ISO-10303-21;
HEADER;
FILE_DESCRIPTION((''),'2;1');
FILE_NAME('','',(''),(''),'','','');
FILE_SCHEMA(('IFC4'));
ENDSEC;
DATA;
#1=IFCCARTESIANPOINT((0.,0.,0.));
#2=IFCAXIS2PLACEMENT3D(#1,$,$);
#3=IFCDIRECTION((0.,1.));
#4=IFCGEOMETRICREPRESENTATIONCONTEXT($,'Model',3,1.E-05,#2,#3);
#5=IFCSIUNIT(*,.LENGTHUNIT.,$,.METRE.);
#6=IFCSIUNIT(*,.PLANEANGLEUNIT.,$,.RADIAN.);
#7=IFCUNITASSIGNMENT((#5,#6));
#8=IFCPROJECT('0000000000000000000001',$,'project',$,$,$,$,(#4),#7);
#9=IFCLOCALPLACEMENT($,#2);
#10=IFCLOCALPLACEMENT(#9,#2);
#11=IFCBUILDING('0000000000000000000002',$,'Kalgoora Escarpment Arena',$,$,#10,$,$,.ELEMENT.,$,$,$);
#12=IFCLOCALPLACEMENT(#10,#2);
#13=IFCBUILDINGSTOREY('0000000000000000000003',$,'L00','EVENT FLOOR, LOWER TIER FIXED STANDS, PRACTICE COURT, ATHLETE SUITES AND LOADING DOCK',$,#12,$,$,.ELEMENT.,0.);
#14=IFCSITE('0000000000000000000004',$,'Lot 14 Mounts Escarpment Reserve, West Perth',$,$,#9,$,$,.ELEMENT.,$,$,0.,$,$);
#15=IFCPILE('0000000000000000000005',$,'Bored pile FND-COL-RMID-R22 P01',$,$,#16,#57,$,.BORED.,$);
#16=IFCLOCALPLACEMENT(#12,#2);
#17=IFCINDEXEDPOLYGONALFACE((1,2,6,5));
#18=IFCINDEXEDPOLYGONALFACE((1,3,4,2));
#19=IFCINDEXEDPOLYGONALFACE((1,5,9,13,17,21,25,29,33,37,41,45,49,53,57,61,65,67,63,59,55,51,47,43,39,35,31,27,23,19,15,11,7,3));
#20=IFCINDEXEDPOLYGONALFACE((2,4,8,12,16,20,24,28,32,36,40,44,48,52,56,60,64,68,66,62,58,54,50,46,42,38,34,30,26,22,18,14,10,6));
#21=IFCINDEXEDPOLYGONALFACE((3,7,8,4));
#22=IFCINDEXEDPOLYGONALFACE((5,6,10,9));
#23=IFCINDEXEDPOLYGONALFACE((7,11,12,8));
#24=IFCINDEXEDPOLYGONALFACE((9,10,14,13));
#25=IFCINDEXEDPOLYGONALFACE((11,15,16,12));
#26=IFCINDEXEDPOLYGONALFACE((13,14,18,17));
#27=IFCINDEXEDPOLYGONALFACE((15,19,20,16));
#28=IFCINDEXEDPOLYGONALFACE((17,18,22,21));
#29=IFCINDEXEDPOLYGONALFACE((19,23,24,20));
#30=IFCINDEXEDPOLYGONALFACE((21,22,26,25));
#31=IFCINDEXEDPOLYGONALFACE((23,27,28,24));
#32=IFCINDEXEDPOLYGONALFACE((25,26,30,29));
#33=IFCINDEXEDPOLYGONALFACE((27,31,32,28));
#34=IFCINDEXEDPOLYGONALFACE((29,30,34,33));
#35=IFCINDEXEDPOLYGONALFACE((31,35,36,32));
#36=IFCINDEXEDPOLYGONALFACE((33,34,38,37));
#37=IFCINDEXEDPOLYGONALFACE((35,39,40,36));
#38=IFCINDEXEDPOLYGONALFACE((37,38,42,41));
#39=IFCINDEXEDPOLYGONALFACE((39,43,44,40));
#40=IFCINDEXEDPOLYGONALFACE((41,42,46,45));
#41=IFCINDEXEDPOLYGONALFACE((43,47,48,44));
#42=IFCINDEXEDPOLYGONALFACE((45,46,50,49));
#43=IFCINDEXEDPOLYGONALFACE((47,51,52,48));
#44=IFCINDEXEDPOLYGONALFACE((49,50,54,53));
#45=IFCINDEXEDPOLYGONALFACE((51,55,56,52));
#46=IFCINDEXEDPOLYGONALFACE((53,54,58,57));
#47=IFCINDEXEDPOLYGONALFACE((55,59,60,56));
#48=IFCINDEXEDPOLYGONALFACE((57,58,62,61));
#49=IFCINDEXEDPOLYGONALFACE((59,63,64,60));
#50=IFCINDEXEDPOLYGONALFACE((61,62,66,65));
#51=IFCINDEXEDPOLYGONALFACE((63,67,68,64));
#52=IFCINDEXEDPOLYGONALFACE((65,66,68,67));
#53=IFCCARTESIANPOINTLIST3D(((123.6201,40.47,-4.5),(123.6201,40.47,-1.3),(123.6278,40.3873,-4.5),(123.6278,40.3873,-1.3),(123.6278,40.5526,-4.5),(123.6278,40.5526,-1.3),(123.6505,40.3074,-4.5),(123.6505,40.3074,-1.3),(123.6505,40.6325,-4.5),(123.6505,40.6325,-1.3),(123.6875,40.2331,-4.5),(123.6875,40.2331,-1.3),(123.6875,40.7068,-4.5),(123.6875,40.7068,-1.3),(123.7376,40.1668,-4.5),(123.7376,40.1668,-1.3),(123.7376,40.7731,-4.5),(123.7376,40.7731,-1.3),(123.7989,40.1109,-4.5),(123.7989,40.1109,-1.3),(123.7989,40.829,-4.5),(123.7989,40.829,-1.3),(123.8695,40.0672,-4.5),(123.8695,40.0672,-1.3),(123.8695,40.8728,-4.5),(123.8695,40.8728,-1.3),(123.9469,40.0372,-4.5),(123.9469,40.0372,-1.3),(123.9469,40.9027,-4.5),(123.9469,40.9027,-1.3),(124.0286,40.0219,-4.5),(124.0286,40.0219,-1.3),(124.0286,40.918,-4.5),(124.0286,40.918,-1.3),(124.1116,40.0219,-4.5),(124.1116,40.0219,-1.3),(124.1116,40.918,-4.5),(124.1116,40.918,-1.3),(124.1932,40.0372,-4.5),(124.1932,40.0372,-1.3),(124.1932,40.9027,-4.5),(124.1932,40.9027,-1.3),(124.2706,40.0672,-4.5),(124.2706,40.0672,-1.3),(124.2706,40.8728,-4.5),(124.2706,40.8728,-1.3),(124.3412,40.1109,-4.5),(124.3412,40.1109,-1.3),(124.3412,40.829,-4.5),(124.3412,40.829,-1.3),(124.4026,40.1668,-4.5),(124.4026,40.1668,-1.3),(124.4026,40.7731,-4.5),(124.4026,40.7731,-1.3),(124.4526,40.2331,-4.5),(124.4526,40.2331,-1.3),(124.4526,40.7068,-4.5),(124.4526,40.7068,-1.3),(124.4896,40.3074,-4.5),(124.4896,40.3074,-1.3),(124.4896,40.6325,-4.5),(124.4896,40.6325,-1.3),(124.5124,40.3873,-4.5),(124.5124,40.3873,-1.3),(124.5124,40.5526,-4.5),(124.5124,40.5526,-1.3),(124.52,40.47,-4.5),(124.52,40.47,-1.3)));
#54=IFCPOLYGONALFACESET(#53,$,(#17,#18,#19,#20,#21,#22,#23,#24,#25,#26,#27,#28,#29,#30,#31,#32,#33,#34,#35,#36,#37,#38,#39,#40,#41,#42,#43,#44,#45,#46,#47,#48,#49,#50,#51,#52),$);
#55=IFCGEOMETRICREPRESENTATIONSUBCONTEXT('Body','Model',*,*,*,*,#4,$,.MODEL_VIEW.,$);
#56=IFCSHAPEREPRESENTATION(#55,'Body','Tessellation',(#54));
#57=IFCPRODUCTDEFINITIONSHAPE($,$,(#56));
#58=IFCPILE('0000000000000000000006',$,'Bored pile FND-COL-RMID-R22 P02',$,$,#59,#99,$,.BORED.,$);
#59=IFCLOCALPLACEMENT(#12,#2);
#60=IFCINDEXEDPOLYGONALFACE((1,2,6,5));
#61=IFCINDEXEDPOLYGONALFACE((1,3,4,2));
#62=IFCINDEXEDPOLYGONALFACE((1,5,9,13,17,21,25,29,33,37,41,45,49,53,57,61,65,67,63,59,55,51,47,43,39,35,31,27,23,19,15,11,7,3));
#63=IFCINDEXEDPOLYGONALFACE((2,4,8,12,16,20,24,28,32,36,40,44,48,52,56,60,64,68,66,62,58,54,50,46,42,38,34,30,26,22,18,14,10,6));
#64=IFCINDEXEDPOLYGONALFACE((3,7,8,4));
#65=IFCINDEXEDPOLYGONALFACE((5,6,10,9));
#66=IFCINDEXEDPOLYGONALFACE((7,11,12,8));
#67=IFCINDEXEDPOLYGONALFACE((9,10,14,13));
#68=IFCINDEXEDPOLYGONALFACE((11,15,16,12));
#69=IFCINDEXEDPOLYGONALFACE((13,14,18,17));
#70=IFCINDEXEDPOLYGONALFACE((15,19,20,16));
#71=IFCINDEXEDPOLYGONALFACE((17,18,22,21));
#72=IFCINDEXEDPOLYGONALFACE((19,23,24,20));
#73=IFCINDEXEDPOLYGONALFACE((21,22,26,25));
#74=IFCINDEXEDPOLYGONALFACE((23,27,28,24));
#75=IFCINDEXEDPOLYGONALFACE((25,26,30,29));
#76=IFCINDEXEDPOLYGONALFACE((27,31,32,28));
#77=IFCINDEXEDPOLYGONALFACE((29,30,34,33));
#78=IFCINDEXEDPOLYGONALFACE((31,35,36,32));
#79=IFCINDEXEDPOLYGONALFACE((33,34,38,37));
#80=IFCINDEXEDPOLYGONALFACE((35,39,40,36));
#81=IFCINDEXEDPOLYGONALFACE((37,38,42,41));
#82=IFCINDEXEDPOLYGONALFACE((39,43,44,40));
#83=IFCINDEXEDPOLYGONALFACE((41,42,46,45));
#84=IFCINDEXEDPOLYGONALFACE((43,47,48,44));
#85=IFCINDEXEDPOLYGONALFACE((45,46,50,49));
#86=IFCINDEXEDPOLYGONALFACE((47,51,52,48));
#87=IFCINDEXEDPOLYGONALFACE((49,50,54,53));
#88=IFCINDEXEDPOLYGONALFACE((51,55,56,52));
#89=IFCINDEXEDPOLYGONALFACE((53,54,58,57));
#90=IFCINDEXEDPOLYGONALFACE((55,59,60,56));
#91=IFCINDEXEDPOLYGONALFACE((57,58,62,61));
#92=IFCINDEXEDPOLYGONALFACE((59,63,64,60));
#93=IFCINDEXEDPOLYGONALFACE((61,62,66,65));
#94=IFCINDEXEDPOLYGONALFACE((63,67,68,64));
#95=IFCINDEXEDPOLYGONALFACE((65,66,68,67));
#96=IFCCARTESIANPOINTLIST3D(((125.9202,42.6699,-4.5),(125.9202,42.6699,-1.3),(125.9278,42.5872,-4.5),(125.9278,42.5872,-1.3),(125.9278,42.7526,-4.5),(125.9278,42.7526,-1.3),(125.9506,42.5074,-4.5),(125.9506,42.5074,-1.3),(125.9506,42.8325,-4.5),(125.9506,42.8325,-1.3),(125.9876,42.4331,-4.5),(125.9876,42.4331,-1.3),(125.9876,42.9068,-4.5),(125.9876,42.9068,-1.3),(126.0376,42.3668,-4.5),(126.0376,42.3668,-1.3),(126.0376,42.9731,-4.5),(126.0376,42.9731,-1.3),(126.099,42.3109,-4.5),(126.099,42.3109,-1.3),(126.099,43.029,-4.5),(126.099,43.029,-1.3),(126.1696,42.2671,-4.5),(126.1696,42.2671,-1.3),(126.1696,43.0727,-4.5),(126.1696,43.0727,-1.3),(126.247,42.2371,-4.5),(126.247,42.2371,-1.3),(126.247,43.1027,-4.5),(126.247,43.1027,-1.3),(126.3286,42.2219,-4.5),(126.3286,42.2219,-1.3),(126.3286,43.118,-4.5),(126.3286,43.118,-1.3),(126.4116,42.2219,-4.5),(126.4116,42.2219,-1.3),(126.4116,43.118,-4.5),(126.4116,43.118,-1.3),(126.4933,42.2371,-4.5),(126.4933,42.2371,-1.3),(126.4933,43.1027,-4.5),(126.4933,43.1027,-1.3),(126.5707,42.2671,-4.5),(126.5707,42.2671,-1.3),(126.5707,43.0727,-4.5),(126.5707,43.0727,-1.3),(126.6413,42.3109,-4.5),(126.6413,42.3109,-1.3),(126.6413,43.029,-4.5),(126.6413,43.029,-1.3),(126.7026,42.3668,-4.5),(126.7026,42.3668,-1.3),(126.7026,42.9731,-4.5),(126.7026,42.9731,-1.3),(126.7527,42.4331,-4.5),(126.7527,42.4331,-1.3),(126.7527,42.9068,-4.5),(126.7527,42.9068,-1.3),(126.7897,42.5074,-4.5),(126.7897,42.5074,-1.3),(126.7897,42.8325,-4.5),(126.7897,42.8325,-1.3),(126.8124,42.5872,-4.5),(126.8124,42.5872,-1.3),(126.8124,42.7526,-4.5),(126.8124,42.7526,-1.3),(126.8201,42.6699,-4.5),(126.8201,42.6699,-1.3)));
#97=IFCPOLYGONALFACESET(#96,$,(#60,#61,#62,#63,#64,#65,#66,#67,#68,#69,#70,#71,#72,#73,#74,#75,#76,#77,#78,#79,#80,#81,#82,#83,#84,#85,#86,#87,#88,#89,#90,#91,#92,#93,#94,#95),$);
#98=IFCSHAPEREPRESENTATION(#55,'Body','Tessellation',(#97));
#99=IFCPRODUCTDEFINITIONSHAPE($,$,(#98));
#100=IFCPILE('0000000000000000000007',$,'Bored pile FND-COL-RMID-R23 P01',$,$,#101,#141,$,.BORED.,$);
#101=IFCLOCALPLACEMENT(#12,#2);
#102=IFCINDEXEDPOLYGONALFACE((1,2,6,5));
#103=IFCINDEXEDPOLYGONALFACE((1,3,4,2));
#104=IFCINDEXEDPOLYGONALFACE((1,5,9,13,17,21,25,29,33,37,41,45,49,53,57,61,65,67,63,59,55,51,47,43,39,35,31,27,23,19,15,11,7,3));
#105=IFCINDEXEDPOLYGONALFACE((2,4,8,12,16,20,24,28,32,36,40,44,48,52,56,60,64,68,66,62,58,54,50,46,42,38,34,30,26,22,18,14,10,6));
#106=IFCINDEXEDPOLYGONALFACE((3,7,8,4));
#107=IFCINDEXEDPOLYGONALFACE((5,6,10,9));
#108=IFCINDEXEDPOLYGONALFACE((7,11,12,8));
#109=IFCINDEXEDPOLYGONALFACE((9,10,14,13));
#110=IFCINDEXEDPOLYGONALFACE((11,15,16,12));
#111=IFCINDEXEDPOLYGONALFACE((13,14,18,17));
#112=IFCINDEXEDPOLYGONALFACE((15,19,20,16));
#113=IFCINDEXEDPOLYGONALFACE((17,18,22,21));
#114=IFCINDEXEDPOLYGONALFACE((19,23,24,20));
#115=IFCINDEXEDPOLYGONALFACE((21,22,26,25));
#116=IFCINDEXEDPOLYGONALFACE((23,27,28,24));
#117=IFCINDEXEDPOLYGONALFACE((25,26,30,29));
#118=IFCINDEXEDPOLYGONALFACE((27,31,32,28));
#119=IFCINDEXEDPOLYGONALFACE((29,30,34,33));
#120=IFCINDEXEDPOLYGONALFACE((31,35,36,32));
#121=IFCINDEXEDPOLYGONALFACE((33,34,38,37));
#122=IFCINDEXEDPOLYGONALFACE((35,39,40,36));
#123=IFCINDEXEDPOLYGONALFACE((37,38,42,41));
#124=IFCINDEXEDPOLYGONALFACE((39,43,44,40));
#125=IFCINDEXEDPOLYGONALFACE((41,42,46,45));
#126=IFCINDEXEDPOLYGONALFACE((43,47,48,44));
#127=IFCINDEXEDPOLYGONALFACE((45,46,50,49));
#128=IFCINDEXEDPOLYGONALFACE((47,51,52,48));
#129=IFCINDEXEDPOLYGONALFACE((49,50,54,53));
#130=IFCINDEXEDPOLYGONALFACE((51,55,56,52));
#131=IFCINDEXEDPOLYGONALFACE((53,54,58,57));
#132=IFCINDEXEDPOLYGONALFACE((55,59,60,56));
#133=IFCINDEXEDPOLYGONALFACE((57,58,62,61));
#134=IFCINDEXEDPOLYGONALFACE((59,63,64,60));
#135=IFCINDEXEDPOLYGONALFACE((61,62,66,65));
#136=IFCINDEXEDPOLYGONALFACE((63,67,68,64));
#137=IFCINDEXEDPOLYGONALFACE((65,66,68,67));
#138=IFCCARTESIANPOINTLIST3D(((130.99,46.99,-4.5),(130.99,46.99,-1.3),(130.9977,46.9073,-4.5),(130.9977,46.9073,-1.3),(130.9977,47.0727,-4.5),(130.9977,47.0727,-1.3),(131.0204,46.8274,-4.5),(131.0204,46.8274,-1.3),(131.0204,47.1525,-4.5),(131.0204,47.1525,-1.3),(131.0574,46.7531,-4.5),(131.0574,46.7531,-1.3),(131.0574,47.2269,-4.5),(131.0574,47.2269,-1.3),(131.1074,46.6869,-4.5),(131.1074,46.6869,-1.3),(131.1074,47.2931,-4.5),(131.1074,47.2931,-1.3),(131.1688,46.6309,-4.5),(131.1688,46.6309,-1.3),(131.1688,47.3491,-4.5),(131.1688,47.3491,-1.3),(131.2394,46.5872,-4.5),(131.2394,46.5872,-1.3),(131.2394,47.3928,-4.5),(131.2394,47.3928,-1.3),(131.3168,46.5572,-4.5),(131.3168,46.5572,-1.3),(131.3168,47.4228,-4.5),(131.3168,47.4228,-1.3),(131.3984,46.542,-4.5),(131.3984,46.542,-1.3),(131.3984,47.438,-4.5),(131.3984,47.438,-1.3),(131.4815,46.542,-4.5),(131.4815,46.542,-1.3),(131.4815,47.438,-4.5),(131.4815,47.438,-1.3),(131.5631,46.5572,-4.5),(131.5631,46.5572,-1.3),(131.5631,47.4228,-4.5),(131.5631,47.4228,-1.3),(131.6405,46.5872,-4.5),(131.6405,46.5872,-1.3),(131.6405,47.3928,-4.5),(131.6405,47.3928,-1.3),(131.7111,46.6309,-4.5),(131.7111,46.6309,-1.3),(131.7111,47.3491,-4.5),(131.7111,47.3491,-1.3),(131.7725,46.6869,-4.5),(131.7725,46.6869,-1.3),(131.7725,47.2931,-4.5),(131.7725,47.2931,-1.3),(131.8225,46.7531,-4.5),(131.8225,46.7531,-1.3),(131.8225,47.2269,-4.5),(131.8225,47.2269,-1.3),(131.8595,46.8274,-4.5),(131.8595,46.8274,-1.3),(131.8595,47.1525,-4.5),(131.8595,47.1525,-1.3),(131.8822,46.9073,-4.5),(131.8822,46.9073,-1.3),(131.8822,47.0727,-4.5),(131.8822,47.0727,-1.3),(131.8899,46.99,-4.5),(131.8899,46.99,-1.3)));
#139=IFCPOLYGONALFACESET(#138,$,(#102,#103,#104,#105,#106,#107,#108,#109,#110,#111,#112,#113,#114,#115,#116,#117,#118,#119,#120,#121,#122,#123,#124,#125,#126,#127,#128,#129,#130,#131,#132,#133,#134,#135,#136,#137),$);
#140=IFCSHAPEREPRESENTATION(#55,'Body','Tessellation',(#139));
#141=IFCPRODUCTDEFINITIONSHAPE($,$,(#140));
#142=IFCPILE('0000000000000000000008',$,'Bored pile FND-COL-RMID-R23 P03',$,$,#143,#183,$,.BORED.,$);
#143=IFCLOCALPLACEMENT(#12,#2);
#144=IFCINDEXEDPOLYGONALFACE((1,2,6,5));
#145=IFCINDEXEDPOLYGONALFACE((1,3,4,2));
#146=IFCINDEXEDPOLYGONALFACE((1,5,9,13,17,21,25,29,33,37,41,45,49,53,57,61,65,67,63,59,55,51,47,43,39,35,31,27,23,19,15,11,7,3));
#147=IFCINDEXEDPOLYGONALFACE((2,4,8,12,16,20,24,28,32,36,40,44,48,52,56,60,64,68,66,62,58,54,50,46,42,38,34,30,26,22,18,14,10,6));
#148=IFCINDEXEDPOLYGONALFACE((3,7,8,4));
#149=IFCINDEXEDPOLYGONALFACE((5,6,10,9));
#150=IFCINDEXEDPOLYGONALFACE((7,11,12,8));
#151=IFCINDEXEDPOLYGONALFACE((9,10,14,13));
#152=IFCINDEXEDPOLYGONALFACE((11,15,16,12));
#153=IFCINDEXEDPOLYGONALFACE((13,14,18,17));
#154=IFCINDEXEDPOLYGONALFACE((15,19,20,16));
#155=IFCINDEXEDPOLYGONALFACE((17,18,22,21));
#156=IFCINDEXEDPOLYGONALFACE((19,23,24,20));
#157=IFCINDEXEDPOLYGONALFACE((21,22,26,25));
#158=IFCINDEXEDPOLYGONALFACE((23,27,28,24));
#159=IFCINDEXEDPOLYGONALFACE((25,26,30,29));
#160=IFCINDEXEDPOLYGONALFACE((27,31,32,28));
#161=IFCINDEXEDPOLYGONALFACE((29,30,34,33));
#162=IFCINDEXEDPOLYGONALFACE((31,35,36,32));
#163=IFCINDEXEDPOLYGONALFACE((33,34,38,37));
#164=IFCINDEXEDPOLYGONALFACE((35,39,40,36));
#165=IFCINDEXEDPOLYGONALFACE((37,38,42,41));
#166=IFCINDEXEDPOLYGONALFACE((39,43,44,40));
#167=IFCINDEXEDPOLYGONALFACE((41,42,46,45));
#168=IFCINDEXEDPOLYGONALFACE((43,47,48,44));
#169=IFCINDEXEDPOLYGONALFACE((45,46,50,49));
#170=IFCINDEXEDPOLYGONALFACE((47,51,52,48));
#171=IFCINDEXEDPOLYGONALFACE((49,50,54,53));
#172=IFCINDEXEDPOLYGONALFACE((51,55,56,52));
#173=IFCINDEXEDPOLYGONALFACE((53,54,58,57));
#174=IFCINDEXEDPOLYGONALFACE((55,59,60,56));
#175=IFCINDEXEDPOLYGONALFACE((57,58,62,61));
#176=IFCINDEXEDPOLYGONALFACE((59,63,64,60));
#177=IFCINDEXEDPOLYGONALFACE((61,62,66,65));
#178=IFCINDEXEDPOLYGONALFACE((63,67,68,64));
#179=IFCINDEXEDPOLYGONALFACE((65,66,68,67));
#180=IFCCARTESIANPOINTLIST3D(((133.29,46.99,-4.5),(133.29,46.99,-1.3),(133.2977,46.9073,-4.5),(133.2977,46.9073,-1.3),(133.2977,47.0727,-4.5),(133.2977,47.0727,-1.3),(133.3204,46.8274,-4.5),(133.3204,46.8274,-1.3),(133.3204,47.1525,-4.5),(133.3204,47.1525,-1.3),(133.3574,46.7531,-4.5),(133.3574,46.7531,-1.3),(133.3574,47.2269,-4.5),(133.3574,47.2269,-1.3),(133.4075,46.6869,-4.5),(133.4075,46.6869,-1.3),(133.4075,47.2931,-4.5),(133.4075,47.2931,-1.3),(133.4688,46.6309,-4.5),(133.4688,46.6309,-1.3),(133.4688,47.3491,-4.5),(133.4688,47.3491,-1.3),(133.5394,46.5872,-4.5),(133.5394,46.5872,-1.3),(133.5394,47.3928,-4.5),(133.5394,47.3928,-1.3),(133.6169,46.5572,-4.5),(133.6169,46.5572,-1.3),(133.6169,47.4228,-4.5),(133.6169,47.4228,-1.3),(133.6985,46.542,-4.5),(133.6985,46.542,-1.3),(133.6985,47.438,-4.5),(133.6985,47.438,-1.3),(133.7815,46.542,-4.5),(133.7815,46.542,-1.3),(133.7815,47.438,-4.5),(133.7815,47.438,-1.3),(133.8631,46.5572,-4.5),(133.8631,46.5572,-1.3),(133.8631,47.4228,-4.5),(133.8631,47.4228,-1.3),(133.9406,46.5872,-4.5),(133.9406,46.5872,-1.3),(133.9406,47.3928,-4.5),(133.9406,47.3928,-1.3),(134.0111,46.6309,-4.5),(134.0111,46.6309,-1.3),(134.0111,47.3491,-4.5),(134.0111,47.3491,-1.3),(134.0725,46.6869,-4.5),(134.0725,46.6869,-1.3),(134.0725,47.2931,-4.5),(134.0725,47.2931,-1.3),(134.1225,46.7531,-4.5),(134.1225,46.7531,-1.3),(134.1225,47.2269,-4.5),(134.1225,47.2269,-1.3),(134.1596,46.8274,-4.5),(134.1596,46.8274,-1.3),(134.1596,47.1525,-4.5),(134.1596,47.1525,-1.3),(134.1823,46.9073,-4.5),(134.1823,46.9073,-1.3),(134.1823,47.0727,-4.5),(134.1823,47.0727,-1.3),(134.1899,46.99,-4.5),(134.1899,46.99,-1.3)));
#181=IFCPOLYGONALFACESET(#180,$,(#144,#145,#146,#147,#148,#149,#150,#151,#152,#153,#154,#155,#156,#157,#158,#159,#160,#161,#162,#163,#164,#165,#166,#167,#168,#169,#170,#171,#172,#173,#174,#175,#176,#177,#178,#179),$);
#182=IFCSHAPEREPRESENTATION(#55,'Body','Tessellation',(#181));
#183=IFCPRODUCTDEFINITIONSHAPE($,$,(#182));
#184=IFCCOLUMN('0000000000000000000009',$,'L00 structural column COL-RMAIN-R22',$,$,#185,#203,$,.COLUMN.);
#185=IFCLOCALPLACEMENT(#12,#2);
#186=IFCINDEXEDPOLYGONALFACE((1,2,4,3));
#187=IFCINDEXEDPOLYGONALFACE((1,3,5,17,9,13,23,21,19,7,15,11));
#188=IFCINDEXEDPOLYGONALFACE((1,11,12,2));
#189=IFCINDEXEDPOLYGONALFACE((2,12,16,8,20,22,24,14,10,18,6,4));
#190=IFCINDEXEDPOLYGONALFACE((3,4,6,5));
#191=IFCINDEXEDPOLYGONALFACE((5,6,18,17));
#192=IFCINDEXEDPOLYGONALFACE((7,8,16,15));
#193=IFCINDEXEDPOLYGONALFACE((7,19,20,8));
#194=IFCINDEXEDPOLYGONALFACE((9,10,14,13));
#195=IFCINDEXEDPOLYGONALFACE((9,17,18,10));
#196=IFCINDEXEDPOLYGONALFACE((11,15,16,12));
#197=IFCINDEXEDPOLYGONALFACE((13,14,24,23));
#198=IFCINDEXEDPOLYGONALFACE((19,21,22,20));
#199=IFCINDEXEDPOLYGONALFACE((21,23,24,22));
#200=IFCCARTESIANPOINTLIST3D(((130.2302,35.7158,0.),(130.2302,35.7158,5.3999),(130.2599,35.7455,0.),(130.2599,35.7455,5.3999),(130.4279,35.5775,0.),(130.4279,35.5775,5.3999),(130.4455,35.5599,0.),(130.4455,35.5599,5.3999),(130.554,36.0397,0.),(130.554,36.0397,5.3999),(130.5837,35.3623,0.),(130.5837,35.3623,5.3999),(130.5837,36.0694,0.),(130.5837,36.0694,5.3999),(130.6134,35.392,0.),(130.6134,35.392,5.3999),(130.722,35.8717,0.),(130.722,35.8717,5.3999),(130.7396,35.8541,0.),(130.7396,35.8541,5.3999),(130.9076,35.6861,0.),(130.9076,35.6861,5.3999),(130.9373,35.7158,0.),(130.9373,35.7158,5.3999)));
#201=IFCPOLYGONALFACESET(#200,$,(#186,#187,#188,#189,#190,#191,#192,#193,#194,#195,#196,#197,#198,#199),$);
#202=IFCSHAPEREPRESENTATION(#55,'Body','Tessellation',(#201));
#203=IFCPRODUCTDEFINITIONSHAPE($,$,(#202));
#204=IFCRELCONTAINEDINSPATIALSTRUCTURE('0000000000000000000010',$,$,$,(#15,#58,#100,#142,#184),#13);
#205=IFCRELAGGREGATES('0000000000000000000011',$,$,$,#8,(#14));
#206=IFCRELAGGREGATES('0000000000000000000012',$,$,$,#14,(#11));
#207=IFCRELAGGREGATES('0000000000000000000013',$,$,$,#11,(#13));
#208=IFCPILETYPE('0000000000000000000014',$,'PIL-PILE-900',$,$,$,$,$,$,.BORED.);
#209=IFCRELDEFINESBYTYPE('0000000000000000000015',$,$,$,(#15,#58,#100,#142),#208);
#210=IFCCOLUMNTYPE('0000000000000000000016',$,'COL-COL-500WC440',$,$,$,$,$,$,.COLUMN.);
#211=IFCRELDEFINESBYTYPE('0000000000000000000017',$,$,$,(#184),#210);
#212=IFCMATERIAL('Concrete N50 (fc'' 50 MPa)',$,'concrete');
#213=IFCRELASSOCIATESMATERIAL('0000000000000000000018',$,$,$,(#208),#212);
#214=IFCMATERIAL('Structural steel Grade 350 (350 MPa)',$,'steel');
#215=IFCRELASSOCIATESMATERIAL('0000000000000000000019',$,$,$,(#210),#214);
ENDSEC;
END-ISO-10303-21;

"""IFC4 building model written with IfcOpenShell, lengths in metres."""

from ifc_helpers import new_model, si_unit, direction, frame, origin, origin_2d, place, context, subcontext, project, spatial, circle, i_section, extrude, material, material_profile, profile_set, type_object, element, save


model = new_model("IFC4")

# Units and contexts
model_context = context("Model", 3, precision=1e-05, world=origin(), true_north=direction((0.0, 1.0)))
body_context = subcontext(model_context, "Body", "Model", "MODEL_VIEW")
ifc_project = project(units=[si_unit("LENGTHUNIT", "METRE"), si_unit("PLANEANGLEUNIT", "RADIAN")], contexts=[model_context])

# Site, building, storey
site_placement = place(None, origin())
site = spatial("IfcSite", under=ifc_project, at=site_placement, Name="Lot 14 Mounts Escarpment Reserve, West Perth", CompositionType="ELEMENT", RefElevation=0.0)
building_placement = place(site_placement, origin())
building = spatial("IfcBuilding", under=site, at=building_placement, Name="Kalgoora Escarpment Arena", CompositionType="ELEMENT")
storey_placement = place(building_placement, origin())
storey = spatial("IfcBuildingStorey", under=building, at=storey_placement, Name="L00", Description="EVENT FLOOR, LOWER TIER FIXED STANDS, PRACTICE COURT, ATHLETE SUITES AND LOADING DOCK", CompositionType="ELEMENT", Elevation=0.0)

# Piles
ifc_material_1 = material(Name="Concrete N50 (fc' 50 MPa)", Category="concrete")
ifc_material_profile_1 = material_profile(ifc_material_1, circle(Radius=0.45, at=origin_2d()))
ifc_profile_set_1 = profile_set([ifc_material_profile_1], Name="Concrete N50 (fc' 50 MPa)")
pile_type_1 = type_object("IfcPileType", Name="PIL-PILE-900", PredefinedType="BORED", material=ifc_profile_set_1)
for number, where, z_axis, x_axis, name in (
    (1, (124.0701, 40.47, -1.3), (0.0, 0.0, -1.0), (1.0, 0.0, 0.0), "Bored pile FND-COL-RMID-R22 P01"),
    (2, (126.3701, 42.6699, -1.3), (0.0, 0.0, -1.0), (1.0, 0.0, 0.0), "Bored pile FND-COL-RMID-R22 P02"),
    (3, (131.4399, 46.99, -1.3), (0.0, 0.0, -1.0), (1.0, 0.0, 0.0), "Bored pile FND-COL-RMID-R23 P01"),
    (4, (133.74, 46.99, -1.3), (0.0, 0.0, -1.0), (1.0, 0.0, 0.0), "Bored pile FND-COL-RMID-R23 P03"),
):
    element("IfcPile", number, at=place(storey_placement, frame(where, z_axis=z_axis, x_axis=x_axis)), inside=storey, type_object=pile_type_1, Name=name, PredefinedType="BORED", context=body_context, shape_type="SweptSolid", body=[
        extrude(circle(Radius=0.45, at=origin_2d()), origin(), (0.0, 0.0, 1.0), 3.2),
    ])

# Column
ifc_material_2 = material(Name="Structural steel Grade 350 (350 MPa)", Category="steel")
ifc_material_profile_2 = material_profile(ifc_material_2, i_section(OverallWidth=0.5, OverallDepth=0.5, WebThickness=0.0249, FlangeThickness=0.042, at=origin_2d()))
ifc_profile_set_2 = profile_set([ifc_material_profile_2], Name="Structural steel Grade 350 (350 MPa)")
column_type_1 = type_object("IfcColumnType", Name="COL-COL-500WC440", PredefinedType="COLUMN", material=ifc_profile_set_2)
for number, where, z_axis, x_axis, name in (
    (5, (130.5837, 35.7158, 0.0), (0.0, 0.0, 1.0), (0.707107, -0.707107, 0.0), "L00 structural column COL-RMAIN-R22"),
):
    element("IfcColumn", number, at=place(storey_placement, frame(where, z_axis=z_axis, x_axis=x_axis)), inside=storey, type_object=column_type_1, Name=name, PredefinedType="COLUMN", context=body_context, shape_type="SweptSolid", body=[
        extrude(i_section(OverallWidth=0.5, OverallDepth=0.5, WebThickness=0.0249, FlangeThickness=0.042, at=origin_2d()), origin(), (0.0, 0.0, 1.0), 5.3999),
    ])

save(model, "model.ifc")
